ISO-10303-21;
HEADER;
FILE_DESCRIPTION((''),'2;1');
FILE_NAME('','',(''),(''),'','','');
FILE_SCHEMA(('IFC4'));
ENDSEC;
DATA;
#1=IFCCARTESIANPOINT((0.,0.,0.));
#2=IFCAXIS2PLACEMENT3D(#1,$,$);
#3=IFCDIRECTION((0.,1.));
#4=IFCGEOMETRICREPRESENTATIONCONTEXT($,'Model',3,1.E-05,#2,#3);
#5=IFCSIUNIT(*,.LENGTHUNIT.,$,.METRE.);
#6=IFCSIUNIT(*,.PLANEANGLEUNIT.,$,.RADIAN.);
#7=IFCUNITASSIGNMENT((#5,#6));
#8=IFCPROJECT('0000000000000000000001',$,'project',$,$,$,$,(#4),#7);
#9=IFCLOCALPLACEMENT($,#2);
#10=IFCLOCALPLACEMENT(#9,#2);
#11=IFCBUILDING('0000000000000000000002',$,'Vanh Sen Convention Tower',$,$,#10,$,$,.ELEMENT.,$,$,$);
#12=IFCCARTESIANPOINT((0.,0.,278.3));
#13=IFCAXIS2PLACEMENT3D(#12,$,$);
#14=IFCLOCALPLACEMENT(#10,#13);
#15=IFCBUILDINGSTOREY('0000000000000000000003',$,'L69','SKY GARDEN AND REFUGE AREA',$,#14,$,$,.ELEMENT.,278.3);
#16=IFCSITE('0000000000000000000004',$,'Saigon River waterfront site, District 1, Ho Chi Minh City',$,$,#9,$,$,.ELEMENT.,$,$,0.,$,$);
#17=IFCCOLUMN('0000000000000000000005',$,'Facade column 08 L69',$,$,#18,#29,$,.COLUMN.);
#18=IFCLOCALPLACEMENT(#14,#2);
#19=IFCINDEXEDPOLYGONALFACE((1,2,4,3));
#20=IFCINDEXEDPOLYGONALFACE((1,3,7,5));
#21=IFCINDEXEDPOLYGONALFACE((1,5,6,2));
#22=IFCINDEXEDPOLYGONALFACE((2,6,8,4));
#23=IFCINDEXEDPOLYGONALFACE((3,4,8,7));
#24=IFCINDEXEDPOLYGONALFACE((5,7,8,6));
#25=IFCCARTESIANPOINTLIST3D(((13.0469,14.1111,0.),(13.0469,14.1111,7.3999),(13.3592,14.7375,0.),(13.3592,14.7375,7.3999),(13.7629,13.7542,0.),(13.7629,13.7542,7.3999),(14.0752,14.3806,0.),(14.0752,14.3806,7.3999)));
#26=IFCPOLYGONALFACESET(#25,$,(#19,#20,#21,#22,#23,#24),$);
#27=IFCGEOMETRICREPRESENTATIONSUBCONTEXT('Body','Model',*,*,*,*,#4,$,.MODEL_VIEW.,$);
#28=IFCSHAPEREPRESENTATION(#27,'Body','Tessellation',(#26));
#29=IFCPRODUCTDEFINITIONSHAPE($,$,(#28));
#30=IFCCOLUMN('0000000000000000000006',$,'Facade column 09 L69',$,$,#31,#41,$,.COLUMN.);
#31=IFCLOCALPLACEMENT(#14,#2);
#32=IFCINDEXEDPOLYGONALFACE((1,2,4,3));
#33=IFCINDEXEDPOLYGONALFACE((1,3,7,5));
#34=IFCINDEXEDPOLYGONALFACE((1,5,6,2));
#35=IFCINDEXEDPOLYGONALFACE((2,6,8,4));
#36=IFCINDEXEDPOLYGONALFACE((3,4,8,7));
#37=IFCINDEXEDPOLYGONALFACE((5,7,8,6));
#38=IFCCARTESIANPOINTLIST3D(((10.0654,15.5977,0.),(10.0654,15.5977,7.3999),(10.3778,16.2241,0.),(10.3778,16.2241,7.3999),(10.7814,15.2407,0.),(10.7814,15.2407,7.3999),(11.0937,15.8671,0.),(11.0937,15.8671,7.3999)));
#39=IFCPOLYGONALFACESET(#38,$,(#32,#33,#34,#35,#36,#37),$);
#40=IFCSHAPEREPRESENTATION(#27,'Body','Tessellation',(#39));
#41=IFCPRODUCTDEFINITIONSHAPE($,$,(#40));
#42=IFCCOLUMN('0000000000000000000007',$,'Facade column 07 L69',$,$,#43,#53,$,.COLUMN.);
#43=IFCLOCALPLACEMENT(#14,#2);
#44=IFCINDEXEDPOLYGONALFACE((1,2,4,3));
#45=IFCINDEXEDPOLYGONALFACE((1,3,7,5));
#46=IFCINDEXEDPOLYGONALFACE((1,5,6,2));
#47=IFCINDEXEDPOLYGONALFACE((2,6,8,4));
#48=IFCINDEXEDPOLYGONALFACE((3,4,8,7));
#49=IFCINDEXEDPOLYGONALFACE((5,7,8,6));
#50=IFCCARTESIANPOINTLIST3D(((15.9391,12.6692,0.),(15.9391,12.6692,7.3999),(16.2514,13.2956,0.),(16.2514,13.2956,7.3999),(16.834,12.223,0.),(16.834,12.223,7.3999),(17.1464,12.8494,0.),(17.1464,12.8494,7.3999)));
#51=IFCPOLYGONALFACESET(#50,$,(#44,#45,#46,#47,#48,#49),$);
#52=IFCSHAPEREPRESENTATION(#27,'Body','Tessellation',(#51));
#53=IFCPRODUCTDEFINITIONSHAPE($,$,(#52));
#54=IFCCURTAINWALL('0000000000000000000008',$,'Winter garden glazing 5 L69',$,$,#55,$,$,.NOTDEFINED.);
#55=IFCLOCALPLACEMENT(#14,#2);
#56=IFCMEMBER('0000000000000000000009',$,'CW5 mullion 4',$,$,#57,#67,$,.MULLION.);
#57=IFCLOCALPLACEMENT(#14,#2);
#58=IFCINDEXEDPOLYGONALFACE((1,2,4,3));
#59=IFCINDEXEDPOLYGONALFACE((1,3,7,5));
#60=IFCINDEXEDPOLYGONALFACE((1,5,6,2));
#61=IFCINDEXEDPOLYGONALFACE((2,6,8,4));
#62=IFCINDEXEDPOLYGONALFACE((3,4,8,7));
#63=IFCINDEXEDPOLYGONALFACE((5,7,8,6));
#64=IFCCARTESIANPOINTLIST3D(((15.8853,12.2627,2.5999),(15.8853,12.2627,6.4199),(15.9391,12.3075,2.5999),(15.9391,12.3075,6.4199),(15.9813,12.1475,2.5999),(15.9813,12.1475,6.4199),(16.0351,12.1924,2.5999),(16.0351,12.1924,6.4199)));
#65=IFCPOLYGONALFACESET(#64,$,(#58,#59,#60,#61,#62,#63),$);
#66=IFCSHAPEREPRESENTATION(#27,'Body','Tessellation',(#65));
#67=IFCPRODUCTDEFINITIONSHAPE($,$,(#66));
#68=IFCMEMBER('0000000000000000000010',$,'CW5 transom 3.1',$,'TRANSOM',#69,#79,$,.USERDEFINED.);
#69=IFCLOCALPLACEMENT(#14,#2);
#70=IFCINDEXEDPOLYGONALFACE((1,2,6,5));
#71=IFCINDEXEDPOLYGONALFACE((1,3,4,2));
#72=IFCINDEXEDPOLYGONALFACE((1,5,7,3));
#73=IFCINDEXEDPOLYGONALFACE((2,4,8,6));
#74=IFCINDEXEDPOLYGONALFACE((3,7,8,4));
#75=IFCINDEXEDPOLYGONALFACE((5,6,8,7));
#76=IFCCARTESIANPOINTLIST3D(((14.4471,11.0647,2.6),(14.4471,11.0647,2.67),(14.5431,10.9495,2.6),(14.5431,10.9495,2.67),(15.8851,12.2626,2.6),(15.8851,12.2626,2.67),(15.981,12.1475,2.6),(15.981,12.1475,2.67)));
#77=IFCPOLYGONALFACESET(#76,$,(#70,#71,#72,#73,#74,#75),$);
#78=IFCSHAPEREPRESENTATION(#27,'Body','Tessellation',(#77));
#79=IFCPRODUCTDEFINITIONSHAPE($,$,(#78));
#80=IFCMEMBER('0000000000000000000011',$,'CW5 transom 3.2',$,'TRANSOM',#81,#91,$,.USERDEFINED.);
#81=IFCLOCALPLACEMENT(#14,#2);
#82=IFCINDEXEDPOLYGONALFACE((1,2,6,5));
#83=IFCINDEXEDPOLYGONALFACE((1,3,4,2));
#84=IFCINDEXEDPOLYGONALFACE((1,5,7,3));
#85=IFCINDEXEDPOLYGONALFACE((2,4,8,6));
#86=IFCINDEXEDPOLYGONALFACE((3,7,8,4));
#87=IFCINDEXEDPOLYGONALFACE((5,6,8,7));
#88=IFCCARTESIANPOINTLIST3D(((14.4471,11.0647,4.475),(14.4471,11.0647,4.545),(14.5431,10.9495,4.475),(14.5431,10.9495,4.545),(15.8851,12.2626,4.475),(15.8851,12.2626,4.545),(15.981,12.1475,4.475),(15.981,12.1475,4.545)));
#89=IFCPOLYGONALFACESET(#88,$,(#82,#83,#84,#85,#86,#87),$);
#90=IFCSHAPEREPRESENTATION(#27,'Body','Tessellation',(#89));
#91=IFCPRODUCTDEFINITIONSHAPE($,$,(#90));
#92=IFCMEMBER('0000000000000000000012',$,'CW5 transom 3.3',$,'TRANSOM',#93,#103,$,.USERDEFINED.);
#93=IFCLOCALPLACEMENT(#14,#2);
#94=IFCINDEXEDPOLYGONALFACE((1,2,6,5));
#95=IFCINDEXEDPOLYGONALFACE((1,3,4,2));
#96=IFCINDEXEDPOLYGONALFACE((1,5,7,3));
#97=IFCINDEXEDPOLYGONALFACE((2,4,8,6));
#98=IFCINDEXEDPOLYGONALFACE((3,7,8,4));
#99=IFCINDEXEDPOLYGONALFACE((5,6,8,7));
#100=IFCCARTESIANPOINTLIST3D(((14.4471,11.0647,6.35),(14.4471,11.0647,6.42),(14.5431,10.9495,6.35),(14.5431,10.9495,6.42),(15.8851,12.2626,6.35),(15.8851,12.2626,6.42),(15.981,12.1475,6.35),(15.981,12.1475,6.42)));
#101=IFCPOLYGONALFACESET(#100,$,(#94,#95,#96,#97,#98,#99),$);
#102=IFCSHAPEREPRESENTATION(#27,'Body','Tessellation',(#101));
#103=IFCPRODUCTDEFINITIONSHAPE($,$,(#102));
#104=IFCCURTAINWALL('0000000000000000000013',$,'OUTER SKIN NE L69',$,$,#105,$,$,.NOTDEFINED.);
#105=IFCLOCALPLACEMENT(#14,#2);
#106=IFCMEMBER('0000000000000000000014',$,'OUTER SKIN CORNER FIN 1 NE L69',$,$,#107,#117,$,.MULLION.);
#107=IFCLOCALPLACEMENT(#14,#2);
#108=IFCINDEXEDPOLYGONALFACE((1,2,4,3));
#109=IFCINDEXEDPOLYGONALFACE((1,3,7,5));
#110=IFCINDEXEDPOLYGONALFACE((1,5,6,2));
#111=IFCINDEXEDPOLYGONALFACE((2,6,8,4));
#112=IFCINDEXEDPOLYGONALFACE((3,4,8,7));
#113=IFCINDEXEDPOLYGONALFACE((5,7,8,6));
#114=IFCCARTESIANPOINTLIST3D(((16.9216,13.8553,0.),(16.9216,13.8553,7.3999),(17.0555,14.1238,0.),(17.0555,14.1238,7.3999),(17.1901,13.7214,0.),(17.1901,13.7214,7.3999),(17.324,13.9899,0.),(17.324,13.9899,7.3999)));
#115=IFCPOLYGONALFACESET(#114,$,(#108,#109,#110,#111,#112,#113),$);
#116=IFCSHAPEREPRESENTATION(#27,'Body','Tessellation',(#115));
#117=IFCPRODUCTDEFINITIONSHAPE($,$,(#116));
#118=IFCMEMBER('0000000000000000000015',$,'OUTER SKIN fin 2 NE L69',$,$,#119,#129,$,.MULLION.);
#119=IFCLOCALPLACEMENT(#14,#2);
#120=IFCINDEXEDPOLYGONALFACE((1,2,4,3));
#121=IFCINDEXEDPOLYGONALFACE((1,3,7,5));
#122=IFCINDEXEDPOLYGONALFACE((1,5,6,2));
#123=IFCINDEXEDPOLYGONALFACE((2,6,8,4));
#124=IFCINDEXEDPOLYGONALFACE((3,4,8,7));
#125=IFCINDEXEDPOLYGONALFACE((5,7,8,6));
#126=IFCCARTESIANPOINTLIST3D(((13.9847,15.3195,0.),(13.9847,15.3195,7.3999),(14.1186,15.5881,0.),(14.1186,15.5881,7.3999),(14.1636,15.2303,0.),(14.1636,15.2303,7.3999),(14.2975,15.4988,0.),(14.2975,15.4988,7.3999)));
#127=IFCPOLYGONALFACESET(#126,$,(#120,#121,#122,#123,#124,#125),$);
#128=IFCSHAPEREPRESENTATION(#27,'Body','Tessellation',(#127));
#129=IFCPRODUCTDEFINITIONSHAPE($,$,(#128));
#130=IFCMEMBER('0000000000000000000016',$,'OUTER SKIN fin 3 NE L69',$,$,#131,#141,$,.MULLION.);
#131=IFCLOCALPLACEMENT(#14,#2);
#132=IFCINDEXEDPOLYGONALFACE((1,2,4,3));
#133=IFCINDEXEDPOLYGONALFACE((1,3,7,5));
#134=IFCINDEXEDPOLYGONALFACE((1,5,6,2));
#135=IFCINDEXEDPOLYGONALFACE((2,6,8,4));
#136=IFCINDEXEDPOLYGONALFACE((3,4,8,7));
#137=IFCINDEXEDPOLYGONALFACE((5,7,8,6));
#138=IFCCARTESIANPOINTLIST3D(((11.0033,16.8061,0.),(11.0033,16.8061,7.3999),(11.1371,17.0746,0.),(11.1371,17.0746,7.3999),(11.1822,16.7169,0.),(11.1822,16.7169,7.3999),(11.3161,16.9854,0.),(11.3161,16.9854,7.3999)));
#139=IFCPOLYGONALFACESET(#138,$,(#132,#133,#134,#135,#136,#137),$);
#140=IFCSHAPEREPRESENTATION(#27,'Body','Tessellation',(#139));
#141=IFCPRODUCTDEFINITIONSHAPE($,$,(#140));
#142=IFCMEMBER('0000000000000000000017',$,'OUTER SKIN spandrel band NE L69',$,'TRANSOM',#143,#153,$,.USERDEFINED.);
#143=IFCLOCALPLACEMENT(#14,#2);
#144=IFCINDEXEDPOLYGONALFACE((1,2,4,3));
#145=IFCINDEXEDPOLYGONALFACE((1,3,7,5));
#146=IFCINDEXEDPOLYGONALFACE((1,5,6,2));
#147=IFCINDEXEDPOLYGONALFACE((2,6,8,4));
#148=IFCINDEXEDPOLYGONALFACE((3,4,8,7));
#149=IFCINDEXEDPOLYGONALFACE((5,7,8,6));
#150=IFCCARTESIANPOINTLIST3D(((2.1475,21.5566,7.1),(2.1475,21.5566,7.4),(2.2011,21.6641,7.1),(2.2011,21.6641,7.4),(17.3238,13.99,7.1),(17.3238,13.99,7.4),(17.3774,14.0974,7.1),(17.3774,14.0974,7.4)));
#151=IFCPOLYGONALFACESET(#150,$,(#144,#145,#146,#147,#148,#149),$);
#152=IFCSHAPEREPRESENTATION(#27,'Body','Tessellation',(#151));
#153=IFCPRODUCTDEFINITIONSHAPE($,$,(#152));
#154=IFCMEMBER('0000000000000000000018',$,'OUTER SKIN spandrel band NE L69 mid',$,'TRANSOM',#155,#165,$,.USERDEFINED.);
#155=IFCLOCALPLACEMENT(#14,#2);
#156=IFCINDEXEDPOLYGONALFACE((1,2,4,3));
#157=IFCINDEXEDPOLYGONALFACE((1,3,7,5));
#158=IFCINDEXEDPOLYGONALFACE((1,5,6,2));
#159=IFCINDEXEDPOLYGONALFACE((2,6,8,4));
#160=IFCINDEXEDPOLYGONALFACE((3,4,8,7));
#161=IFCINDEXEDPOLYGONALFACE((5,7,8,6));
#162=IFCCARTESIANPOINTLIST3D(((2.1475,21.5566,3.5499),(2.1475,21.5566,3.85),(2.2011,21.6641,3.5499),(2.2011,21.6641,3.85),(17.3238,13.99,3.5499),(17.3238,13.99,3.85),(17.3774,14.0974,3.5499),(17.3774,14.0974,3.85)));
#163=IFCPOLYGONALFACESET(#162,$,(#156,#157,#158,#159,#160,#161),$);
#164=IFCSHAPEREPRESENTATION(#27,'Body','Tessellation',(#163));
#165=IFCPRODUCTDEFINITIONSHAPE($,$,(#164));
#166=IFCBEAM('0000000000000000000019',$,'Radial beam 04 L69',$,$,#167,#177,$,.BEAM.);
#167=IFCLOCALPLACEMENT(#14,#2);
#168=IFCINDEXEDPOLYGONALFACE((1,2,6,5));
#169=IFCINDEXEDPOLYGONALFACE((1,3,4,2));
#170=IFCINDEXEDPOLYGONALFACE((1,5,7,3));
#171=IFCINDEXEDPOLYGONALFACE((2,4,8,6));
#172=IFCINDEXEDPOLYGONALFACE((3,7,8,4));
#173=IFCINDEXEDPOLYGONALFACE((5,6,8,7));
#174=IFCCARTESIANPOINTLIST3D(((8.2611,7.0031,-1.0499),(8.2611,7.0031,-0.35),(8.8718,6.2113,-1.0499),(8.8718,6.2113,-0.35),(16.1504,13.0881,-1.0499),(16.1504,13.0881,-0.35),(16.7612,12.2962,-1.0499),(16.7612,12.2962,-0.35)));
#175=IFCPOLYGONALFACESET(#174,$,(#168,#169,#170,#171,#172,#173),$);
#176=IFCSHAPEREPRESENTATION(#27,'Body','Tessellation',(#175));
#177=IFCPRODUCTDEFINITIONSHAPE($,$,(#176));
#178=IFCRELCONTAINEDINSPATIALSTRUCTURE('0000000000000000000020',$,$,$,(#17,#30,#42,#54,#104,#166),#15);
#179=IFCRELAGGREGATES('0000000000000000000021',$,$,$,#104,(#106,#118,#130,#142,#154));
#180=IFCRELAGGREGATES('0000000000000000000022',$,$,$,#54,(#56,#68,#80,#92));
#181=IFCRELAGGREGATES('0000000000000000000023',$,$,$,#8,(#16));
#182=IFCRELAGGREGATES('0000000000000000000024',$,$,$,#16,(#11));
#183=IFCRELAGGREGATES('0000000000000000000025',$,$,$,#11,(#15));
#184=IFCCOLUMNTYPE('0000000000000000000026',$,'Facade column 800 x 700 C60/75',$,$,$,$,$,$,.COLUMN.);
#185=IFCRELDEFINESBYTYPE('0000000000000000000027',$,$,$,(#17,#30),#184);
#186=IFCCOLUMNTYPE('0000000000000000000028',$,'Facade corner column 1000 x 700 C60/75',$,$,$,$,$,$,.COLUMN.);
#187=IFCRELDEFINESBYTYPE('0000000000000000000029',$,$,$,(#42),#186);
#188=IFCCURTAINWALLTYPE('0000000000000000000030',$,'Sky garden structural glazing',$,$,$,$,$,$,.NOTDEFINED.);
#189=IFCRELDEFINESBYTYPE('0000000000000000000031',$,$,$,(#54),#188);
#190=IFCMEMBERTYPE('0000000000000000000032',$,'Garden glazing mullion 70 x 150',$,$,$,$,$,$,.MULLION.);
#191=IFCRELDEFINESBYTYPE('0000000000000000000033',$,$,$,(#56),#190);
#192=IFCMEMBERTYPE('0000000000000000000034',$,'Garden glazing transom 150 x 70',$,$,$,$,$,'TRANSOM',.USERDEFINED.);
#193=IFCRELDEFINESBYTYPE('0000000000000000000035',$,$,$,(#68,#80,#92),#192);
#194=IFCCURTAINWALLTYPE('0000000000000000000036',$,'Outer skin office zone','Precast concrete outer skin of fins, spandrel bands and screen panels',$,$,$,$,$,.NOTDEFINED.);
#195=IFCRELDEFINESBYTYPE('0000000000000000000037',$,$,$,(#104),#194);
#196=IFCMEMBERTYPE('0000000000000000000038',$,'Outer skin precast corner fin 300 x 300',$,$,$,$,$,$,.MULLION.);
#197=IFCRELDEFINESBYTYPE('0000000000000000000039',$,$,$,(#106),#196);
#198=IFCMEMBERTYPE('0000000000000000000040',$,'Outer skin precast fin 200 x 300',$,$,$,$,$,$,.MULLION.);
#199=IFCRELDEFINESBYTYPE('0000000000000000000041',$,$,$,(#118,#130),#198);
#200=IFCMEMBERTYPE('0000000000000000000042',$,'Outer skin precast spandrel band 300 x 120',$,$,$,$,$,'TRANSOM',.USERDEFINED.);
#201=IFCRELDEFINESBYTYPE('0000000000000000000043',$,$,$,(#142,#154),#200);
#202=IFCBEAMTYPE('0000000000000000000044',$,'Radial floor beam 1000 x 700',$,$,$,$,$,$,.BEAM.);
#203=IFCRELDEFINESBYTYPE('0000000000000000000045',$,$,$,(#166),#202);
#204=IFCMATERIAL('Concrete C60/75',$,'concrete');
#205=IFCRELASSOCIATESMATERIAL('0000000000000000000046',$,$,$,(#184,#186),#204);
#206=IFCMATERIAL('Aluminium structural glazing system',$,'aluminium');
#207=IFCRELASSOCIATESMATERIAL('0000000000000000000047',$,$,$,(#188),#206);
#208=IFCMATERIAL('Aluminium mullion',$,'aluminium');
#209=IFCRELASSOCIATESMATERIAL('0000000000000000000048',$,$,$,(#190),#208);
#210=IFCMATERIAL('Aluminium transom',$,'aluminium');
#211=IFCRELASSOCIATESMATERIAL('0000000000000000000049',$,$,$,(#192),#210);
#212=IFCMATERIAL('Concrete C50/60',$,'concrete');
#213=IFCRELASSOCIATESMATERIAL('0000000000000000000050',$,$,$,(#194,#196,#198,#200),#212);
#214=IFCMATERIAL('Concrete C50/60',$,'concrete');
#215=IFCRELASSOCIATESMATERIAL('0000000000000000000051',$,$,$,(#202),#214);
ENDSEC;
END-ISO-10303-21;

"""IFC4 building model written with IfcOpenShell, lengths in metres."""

from ifc_helpers import new_model, si_unit, direction, frame, origin, origin_2d, place, context, subcontext, project, spatial, rectangle, extrude, material, material_profile, profile_set, type_object, element, aggregate, save


model = new_model("IFC4")

# Units and contexts
model_context = context("Model", 3, precision=1e-05, world=origin(), true_north=direction((0.0, 1.0)))
body_context = subcontext(model_context, "Body", "Model", "MODEL_VIEW")
ifc_project = project(units=[si_unit("LENGTHUNIT", "METRE"), si_unit("PLANEANGLEUNIT", "RADIAN")], contexts=[model_context])

# Site, building, storey
site_placement = place(None, origin())
site = spatial("IfcSite", under=ifc_project, at=site_placement, Name="Saigon River waterfront site, District 1, Ho Chi Minh City", CompositionType="ELEMENT", RefElevation=0.0)
building_placement = place(site_placement, origin())
building = spatial("IfcBuilding", under=site, at=building_placement, Name="Vanh Sen Convention Tower", CompositionType="ELEMENT")
storey_placement = place(building_placement, frame((0.0, 0.0, 278.3)))
storey = spatial("IfcBuildingStorey", under=building, at=storey_placement, Name="L69", Description="SKY GARDEN AND REFUGE AREA", CompositionType="ELEMENT", Elevation=278.3)

# Columns
ifc_material_1 = material(Name="Concrete C60/75", Category="concrete")
ifc_material_profile_1 = material_profile(ifc_material_1, rectangle(XDim=0.8, YDim=0.7, at=origin_2d()), Name="RC 800X700")
ifc_profile_set_1 = profile_set([ifc_material_profile_1], Name="Concrete C60/75")
column_type_1 = type_object("IfcColumnType", Name="Facade column 800 x 700 C60/75", PredefinedType="COLUMN", material=ifc_profile_set_1)
for number, where, z_axis, x_axis, name in (
    (1, (13.561, 14.2458, 0.0), (0.0, 0.0, 1.0), (-0.894934, 0.446198, 0.0), "Facade column 08 L69"),
    (2, (10.5796, 15.7324, 0.0), (0.0, 0.0, 1.0), (-0.894934, 0.446198, 0.0), "Facade column 09 L69"),
):
    element("IfcColumn", number, at=place(storey_placement, frame(where, z_axis=z_axis, x_axis=x_axis)), inside=storey, type_object=column_type_1, Name=name, PredefinedType="COLUMN", context=body_context, shape_type="SweptSolid", body=[
        extrude(rectangle(XDim=0.8, YDim=0.7, at=origin_2d()), origin(), (0.0, 0.0, 1.0), 7.3999),
    ])
ifc_material_profile_2 = material_profile(ifc_material_1, rectangle(XDim=1.0, YDim=0.7, at=origin_2d()), Name="RC 1000X700")
ifc_profile_set_2 = profile_set([ifc_material_profile_2], Name="Concrete C60/75")
column_type_2 = type_object("IfcColumnType", Name="Facade corner column 1000 x 700 C60/75", PredefinedType="COLUMN", material=ifc_profile_set_2)
column_placement = place(storey_placement, frame((16.5427, 12.7593, 0.0), z_axis=(0.0, 0.0, 1.0), x_axis=(-0.894934, 0.446198, 0.0)))
element("IfcColumn", 3, at=column_placement, inside=storey, type_object=column_type_2, Name="Facade column 07 L69", PredefinedType="COLUMN", context=body_context, shape_type="SweptSolid", body=[
    extrude(rectangle(XDim=1.0, YDim=0.7, at=origin_2d()), origin(), (0.0, 0.0, 1.0), 7.3999),
])

# Curtain walls, members
ifc_material_2 = material(Name="Aluminium structural glazing system", Category="aluminium")
curtain_wall_type_1 = type_object("IfcCurtainWallType", Name="Sky garden structural glazing", PredefinedType="NOTDEFINED", material=ifc_material_2)
curtain_wall_1_placement = place(storey_placement, origin())
curtain_wall_1 = element("IfcCurtainWall", 4, at=curtain_wall_1_placement, inside=storey, type_object=curtain_wall_type_1, Name="Winter garden glazing 5 L69", PredefinedType="NOTDEFINED")
ifc_material_3 = material(Name="Aluminium mullion", Category="aluminium")
ifc_material_profile_3 = material_profile(ifc_material_3, rectangle(XDim=0.1499, YDim=0.0701, at=origin_2d()), Name="Garden glazing mullion 70 x 150")
ifc_profile_set_3 = profile_set([ifc_material_profile_3], Name="Aluminium mullion")
member_type_1 = type_object("IfcMemberType", Name="Garden glazing mullion 70 x 150", PredefinedType="MULLION", material=ifc_profile_set_3)
member_1_placement = place(storey_placement, frame((15.9602, 12.2275, 2.5999), z_axis=(0.0, 0.0, 1.0), x_axis=(-0.640092, 0.768299, 0.0)))
member_1 = element("IfcMember", 5, at=member_1_placement, type_object=member_type_1, Name="CW5 mullion 4", PredefinedType="MULLION", context=body_context, shape_type="SweptSolid", body=[
    extrude(rectangle(XDim=0.1499, YDim=0.0701, at=origin_2d()), origin(), (0.0, 0.0, 1.0), 3.8201),
])
ifc_material_4 = material(Name="Aluminium transom", Category="aluminium")
ifc_material_profile_4 = material_profile(ifc_material_4, rectangle(XDim=0.1499, YDim=0.0701, at=origin_2d()), Name="Garden glazing transom 150 x 70")
ifc_profile_set_4 = profile_set([ifc_material_profile_4], Name="Aluminium transom")
member_type_2 = type_object("IfcMemberType", Name="Garden glazing transom 150 x 70", ElementType="TRANSOM", PredefinedType="USERDEFINED", material=ifc_profile_set_4)
member_2_placement = place(storey_placement, frame((14.4951, 11.0071, 2.635), z_axis=(0.768307, 0.640082, 0.0), x_axis=(-0.640082, 0.768307, 0.0)))
member_2 = element("IfcMember", 6, at=member_2_placement, type_object=member_type_2, Name="CW5 transom 3.1", ObjectType="TRANSOM", PredefinedType="USERDEFINED", context=body_context, shape_type="SweptSolid", body=[
    extrude(rectangle(XDim=0.1499, YDim=0.0701, at=origin_2d()), origin(), (0.0, 0.0, 1.0), 1.8716),
])
member_3_placement = place(storey_placement, frame((14.4951, 11.0071, 4.51), z_axis=(0.768307, 0.640082, 0.0), x_axis=(-0.640082, 0.768307, 0.0)))
member_3 = element("IfcMember", 7, at=member_3_placement, type_object=member_type_2, Name="CW5 transom 3.2", ObjectType="TRANSOM", PredefinedType="USERDEFINED", context=body_context, shape_type="SweptSolid", body=[
    extrude(rectangle(XDim=0.1499, YDim=0.0701, at=origin_2d()), origin(), (0.0, 0.0, 1.0), 1.8716),
])
member_4_placement = place(storey_placement, frame((14.4951, 11.0071, 6.385), z_axis=(0.768307, 0.640082, 0.0), x_axis=(-0.640082, 0.768307, 0.0)))
member_4 = element("IfcMember", 8, at=member_4_placement, type_object=member_type_2, Name="CW5 transom 3.3", ObjectType="TRANSOM", PredefinedType="USERDEFINED", context=body_context, shape_type="SweptSolid", body=[
    extrude(rectangle(XDim=0.1499, YDim=0.0701, at=origin_2d()), origin(), (0.0, 0.0, 1.0), 1.8716),
])
ifc_material_5 = material(Name="Concrete C50/60", Category="concrete")
curtain_wall_type_2 = type_object("IfcCurtainWallType", Name="Outer skin office zone", Description="Precast concrete outer skin of fins, spandrel bands and screen panels", PredefinedType="NOTDEFINED", material=ifc_material_5)
curtain_wall_2_placement = place(storey_placement, origin())
curtain_wall_2 = element("IfcCurtainWall", 9, at=curtain_wall_2_placement, inside=storey, type_object=curtain_wall_type_2, Name="OUTER SKIN NE L69", PredefinedType="NOTDEFINED")
ifc_material_profile_5 = material_profile(ifc_material_5, rectangle(XDim=0.3, YDim=0.3, at=origin_2d()), Name="Outer skin precast corner fin 300 x 300")
ifc_profile_set_5 = profile_set([ifc_material_profile_5], Name="Concrete C50/60")
member_type_3 = type_object("IfcMemberType", Name="Outer skin precast corner fin 300 x 300", PredefinedType="MULLION", material=ifc_profile_set_5)
member_5_placement = place(storey_placement, frame((17.1228, 13.9226, 0.0), z_axis=(0.0, 0.0, 1.0), x_axis=(-0.894934, 0.446198, 0.0)))
member_5 = element("IfcMember", 10, at=member_5_placement, type_object=member_type_3, Name="OUTER SKIN CORNER FIN 1 NE L69", PredefinedType="MULLION", context=body_context, shape_type="SweptSolid", body=[
    extrude(rectangle(XDim=0.3, YDim=0.3, at=origin_2d()), origin(), (0.0, 0.0, 1.0), 7.3999),
])
ifc_material_profile_6 = material_profile(ifc_material_5, rectangle(XDim=0.2, YDim=0.3, at=origin_2d()), Name="Outer skin precast fin 200 x 300")
ifc_profile_set_6 = profile_set([ifc_material_profile_6], Name="Concrete C50/60")
member_type_4 = type_object("IfcMemberType", Name="Outer skin precast fin 200 x 300", PredefinedType="MULLION", material=ifc_profile_set_6)
member_6_placement = place(storey_placement, frame((14.1411, 15.4092, 0.0), z_axis=(0.0, 0.0, 1.0), x_axis=(-0.894934, 0.446198, 0.0)))
member_6 = element("IfcMember", 11, at=member_6_placement, type_object=member_type_4, Name="OUTER SKIN fin 2 NE L69", PredefinedType="MULLION", context=body_context, shape_type="SweptSolid", body=[
    extrude(rectangle(XDim=0.2, YDim=0.3, at=origin_2d()), origin(), (0.0, 0.0, 1.0), 7.3999),
])
member_7_placement = place(storey_placement, frame((11.1597, 16.8958, 0.0), z_axis=(0.0, 0.0, 1.0), x_axis=(-0.894934, 0.446198, 0.0)))
member_7 = element("IfcMember", 12, at=member_7_placement, type_object=member_type_4, Name="OUTER SKIN fin 3 NE L69", PredefinedType="MULLION", context=body_context, shape_type="SweptSolid", body=[
    extrude(rectangle(XDim=0.2, YDim=0.3, at=origin_2d()), origin(), (0.0, 0.0, 1.0), 7.3999),
])
ifc_material_profile_7 = material_profile(ifc_material_5, rectangle(XDim=0.1201, YDim=0.3, at=origin_2d()), Name="Outer skin precast spandrel band 300 x 120")
ifc_profile_set_7 = profile_set([ifc_material_profile_7], Name="Concrete C50/60")
member_type_5 = type_object("IfcMemberType", Name="Outer skin precast spandrel band 300 x 120", ElementType="TRANSOM", PredefinedType="USERDEFINED", material=ifc_profile_set_7)
member_8_placement = place(storey_placement, frame((17.3506, 14.0437, 7.25), z_axis=(-0.894933, 0.4462, 0.0), x_axis=(-0.4462, -0.894933, 0.0)))
member_8 = element("IfcMember", 13, at=member_8_placement, type_object=member_type_5, Name="OUTER SKIN spandrel band NE L69", ObjectType="TRANSOM", PredefinedType="USERDEFINED", context=body_context, shape_type="SweptSolid", body=[
    extrude(rectangle(XDim=0.1201, YDim=0.3, at=origin_2d()), origin(), (0.0, 0.0, 1.0), 16.958),
])
member_9_placement = place(storey_placement, frame((17.3506, 14.0437, 3.7), z_axis=(-0.894933, 0.4462, 0.0), x_axis=(-0.4462, -0.894933, 0.0)))
member_9 = element("IfcMember", 14, at=member_9_placement, type_object=member_type_5, Name="OUTER SKIN spandrel band NE L69 mid", ObjectType="TRANSOM", PredefinedType="USERDEFINED", context=body_context, shape_type="SweptSolid", body=[
    extrude(rectangle(XDim=0.1201, YDim=0.3, at=origin_2d()), origin(), (0.0, 0.0, 1.0), 16.958),
])
aggregate(curtain_wall_2, [member_5, member_6, member_7, member_8, member_9])

# Beam
ifc_material_6 = material(Name="Concrete C50/60", Category="concrete")
ifc_material_profile_8 = material_profile(ifc_material_6, rectangle(XDim=1.0, YDim=0.7, at=origin_2d()), Name="RC 1000X700")
ifc_profile_set_8 = profile_set([ifc_material_profile_8], Name="Concrete C50/60")
beam_type_1 = type_object("IfcBeamType", Name="Radial floor beam 1000 x 700", PredefinedType="BEAM", material=ifc_profile_set_8)
beam_1_placement = place(storey_placement, frame((16.4558, 12.6921, -0.7), z_axis=(-0.791838, -0.610731, 0.0), x_axis=(0.610731, -0.791838, 0.0)))
element("IfcBeam", 15, at=beam_1_placement, inside=storey, type_object=beam_type_1, Name="Radial beam 04 L69", PredefinedType="BEAM", context=body_context, shape_type="SweptSolid", body=[
    extrude(rectangle(XDim=1.0, YDim=0.7, at=origin_2d()), origin(), (0.0, 0.0, 1.0), 9.9634),
])

aggregate(curtain_wall_1, [member_1, member_2, member_3, member_4])

save(model, "model.ifc")
